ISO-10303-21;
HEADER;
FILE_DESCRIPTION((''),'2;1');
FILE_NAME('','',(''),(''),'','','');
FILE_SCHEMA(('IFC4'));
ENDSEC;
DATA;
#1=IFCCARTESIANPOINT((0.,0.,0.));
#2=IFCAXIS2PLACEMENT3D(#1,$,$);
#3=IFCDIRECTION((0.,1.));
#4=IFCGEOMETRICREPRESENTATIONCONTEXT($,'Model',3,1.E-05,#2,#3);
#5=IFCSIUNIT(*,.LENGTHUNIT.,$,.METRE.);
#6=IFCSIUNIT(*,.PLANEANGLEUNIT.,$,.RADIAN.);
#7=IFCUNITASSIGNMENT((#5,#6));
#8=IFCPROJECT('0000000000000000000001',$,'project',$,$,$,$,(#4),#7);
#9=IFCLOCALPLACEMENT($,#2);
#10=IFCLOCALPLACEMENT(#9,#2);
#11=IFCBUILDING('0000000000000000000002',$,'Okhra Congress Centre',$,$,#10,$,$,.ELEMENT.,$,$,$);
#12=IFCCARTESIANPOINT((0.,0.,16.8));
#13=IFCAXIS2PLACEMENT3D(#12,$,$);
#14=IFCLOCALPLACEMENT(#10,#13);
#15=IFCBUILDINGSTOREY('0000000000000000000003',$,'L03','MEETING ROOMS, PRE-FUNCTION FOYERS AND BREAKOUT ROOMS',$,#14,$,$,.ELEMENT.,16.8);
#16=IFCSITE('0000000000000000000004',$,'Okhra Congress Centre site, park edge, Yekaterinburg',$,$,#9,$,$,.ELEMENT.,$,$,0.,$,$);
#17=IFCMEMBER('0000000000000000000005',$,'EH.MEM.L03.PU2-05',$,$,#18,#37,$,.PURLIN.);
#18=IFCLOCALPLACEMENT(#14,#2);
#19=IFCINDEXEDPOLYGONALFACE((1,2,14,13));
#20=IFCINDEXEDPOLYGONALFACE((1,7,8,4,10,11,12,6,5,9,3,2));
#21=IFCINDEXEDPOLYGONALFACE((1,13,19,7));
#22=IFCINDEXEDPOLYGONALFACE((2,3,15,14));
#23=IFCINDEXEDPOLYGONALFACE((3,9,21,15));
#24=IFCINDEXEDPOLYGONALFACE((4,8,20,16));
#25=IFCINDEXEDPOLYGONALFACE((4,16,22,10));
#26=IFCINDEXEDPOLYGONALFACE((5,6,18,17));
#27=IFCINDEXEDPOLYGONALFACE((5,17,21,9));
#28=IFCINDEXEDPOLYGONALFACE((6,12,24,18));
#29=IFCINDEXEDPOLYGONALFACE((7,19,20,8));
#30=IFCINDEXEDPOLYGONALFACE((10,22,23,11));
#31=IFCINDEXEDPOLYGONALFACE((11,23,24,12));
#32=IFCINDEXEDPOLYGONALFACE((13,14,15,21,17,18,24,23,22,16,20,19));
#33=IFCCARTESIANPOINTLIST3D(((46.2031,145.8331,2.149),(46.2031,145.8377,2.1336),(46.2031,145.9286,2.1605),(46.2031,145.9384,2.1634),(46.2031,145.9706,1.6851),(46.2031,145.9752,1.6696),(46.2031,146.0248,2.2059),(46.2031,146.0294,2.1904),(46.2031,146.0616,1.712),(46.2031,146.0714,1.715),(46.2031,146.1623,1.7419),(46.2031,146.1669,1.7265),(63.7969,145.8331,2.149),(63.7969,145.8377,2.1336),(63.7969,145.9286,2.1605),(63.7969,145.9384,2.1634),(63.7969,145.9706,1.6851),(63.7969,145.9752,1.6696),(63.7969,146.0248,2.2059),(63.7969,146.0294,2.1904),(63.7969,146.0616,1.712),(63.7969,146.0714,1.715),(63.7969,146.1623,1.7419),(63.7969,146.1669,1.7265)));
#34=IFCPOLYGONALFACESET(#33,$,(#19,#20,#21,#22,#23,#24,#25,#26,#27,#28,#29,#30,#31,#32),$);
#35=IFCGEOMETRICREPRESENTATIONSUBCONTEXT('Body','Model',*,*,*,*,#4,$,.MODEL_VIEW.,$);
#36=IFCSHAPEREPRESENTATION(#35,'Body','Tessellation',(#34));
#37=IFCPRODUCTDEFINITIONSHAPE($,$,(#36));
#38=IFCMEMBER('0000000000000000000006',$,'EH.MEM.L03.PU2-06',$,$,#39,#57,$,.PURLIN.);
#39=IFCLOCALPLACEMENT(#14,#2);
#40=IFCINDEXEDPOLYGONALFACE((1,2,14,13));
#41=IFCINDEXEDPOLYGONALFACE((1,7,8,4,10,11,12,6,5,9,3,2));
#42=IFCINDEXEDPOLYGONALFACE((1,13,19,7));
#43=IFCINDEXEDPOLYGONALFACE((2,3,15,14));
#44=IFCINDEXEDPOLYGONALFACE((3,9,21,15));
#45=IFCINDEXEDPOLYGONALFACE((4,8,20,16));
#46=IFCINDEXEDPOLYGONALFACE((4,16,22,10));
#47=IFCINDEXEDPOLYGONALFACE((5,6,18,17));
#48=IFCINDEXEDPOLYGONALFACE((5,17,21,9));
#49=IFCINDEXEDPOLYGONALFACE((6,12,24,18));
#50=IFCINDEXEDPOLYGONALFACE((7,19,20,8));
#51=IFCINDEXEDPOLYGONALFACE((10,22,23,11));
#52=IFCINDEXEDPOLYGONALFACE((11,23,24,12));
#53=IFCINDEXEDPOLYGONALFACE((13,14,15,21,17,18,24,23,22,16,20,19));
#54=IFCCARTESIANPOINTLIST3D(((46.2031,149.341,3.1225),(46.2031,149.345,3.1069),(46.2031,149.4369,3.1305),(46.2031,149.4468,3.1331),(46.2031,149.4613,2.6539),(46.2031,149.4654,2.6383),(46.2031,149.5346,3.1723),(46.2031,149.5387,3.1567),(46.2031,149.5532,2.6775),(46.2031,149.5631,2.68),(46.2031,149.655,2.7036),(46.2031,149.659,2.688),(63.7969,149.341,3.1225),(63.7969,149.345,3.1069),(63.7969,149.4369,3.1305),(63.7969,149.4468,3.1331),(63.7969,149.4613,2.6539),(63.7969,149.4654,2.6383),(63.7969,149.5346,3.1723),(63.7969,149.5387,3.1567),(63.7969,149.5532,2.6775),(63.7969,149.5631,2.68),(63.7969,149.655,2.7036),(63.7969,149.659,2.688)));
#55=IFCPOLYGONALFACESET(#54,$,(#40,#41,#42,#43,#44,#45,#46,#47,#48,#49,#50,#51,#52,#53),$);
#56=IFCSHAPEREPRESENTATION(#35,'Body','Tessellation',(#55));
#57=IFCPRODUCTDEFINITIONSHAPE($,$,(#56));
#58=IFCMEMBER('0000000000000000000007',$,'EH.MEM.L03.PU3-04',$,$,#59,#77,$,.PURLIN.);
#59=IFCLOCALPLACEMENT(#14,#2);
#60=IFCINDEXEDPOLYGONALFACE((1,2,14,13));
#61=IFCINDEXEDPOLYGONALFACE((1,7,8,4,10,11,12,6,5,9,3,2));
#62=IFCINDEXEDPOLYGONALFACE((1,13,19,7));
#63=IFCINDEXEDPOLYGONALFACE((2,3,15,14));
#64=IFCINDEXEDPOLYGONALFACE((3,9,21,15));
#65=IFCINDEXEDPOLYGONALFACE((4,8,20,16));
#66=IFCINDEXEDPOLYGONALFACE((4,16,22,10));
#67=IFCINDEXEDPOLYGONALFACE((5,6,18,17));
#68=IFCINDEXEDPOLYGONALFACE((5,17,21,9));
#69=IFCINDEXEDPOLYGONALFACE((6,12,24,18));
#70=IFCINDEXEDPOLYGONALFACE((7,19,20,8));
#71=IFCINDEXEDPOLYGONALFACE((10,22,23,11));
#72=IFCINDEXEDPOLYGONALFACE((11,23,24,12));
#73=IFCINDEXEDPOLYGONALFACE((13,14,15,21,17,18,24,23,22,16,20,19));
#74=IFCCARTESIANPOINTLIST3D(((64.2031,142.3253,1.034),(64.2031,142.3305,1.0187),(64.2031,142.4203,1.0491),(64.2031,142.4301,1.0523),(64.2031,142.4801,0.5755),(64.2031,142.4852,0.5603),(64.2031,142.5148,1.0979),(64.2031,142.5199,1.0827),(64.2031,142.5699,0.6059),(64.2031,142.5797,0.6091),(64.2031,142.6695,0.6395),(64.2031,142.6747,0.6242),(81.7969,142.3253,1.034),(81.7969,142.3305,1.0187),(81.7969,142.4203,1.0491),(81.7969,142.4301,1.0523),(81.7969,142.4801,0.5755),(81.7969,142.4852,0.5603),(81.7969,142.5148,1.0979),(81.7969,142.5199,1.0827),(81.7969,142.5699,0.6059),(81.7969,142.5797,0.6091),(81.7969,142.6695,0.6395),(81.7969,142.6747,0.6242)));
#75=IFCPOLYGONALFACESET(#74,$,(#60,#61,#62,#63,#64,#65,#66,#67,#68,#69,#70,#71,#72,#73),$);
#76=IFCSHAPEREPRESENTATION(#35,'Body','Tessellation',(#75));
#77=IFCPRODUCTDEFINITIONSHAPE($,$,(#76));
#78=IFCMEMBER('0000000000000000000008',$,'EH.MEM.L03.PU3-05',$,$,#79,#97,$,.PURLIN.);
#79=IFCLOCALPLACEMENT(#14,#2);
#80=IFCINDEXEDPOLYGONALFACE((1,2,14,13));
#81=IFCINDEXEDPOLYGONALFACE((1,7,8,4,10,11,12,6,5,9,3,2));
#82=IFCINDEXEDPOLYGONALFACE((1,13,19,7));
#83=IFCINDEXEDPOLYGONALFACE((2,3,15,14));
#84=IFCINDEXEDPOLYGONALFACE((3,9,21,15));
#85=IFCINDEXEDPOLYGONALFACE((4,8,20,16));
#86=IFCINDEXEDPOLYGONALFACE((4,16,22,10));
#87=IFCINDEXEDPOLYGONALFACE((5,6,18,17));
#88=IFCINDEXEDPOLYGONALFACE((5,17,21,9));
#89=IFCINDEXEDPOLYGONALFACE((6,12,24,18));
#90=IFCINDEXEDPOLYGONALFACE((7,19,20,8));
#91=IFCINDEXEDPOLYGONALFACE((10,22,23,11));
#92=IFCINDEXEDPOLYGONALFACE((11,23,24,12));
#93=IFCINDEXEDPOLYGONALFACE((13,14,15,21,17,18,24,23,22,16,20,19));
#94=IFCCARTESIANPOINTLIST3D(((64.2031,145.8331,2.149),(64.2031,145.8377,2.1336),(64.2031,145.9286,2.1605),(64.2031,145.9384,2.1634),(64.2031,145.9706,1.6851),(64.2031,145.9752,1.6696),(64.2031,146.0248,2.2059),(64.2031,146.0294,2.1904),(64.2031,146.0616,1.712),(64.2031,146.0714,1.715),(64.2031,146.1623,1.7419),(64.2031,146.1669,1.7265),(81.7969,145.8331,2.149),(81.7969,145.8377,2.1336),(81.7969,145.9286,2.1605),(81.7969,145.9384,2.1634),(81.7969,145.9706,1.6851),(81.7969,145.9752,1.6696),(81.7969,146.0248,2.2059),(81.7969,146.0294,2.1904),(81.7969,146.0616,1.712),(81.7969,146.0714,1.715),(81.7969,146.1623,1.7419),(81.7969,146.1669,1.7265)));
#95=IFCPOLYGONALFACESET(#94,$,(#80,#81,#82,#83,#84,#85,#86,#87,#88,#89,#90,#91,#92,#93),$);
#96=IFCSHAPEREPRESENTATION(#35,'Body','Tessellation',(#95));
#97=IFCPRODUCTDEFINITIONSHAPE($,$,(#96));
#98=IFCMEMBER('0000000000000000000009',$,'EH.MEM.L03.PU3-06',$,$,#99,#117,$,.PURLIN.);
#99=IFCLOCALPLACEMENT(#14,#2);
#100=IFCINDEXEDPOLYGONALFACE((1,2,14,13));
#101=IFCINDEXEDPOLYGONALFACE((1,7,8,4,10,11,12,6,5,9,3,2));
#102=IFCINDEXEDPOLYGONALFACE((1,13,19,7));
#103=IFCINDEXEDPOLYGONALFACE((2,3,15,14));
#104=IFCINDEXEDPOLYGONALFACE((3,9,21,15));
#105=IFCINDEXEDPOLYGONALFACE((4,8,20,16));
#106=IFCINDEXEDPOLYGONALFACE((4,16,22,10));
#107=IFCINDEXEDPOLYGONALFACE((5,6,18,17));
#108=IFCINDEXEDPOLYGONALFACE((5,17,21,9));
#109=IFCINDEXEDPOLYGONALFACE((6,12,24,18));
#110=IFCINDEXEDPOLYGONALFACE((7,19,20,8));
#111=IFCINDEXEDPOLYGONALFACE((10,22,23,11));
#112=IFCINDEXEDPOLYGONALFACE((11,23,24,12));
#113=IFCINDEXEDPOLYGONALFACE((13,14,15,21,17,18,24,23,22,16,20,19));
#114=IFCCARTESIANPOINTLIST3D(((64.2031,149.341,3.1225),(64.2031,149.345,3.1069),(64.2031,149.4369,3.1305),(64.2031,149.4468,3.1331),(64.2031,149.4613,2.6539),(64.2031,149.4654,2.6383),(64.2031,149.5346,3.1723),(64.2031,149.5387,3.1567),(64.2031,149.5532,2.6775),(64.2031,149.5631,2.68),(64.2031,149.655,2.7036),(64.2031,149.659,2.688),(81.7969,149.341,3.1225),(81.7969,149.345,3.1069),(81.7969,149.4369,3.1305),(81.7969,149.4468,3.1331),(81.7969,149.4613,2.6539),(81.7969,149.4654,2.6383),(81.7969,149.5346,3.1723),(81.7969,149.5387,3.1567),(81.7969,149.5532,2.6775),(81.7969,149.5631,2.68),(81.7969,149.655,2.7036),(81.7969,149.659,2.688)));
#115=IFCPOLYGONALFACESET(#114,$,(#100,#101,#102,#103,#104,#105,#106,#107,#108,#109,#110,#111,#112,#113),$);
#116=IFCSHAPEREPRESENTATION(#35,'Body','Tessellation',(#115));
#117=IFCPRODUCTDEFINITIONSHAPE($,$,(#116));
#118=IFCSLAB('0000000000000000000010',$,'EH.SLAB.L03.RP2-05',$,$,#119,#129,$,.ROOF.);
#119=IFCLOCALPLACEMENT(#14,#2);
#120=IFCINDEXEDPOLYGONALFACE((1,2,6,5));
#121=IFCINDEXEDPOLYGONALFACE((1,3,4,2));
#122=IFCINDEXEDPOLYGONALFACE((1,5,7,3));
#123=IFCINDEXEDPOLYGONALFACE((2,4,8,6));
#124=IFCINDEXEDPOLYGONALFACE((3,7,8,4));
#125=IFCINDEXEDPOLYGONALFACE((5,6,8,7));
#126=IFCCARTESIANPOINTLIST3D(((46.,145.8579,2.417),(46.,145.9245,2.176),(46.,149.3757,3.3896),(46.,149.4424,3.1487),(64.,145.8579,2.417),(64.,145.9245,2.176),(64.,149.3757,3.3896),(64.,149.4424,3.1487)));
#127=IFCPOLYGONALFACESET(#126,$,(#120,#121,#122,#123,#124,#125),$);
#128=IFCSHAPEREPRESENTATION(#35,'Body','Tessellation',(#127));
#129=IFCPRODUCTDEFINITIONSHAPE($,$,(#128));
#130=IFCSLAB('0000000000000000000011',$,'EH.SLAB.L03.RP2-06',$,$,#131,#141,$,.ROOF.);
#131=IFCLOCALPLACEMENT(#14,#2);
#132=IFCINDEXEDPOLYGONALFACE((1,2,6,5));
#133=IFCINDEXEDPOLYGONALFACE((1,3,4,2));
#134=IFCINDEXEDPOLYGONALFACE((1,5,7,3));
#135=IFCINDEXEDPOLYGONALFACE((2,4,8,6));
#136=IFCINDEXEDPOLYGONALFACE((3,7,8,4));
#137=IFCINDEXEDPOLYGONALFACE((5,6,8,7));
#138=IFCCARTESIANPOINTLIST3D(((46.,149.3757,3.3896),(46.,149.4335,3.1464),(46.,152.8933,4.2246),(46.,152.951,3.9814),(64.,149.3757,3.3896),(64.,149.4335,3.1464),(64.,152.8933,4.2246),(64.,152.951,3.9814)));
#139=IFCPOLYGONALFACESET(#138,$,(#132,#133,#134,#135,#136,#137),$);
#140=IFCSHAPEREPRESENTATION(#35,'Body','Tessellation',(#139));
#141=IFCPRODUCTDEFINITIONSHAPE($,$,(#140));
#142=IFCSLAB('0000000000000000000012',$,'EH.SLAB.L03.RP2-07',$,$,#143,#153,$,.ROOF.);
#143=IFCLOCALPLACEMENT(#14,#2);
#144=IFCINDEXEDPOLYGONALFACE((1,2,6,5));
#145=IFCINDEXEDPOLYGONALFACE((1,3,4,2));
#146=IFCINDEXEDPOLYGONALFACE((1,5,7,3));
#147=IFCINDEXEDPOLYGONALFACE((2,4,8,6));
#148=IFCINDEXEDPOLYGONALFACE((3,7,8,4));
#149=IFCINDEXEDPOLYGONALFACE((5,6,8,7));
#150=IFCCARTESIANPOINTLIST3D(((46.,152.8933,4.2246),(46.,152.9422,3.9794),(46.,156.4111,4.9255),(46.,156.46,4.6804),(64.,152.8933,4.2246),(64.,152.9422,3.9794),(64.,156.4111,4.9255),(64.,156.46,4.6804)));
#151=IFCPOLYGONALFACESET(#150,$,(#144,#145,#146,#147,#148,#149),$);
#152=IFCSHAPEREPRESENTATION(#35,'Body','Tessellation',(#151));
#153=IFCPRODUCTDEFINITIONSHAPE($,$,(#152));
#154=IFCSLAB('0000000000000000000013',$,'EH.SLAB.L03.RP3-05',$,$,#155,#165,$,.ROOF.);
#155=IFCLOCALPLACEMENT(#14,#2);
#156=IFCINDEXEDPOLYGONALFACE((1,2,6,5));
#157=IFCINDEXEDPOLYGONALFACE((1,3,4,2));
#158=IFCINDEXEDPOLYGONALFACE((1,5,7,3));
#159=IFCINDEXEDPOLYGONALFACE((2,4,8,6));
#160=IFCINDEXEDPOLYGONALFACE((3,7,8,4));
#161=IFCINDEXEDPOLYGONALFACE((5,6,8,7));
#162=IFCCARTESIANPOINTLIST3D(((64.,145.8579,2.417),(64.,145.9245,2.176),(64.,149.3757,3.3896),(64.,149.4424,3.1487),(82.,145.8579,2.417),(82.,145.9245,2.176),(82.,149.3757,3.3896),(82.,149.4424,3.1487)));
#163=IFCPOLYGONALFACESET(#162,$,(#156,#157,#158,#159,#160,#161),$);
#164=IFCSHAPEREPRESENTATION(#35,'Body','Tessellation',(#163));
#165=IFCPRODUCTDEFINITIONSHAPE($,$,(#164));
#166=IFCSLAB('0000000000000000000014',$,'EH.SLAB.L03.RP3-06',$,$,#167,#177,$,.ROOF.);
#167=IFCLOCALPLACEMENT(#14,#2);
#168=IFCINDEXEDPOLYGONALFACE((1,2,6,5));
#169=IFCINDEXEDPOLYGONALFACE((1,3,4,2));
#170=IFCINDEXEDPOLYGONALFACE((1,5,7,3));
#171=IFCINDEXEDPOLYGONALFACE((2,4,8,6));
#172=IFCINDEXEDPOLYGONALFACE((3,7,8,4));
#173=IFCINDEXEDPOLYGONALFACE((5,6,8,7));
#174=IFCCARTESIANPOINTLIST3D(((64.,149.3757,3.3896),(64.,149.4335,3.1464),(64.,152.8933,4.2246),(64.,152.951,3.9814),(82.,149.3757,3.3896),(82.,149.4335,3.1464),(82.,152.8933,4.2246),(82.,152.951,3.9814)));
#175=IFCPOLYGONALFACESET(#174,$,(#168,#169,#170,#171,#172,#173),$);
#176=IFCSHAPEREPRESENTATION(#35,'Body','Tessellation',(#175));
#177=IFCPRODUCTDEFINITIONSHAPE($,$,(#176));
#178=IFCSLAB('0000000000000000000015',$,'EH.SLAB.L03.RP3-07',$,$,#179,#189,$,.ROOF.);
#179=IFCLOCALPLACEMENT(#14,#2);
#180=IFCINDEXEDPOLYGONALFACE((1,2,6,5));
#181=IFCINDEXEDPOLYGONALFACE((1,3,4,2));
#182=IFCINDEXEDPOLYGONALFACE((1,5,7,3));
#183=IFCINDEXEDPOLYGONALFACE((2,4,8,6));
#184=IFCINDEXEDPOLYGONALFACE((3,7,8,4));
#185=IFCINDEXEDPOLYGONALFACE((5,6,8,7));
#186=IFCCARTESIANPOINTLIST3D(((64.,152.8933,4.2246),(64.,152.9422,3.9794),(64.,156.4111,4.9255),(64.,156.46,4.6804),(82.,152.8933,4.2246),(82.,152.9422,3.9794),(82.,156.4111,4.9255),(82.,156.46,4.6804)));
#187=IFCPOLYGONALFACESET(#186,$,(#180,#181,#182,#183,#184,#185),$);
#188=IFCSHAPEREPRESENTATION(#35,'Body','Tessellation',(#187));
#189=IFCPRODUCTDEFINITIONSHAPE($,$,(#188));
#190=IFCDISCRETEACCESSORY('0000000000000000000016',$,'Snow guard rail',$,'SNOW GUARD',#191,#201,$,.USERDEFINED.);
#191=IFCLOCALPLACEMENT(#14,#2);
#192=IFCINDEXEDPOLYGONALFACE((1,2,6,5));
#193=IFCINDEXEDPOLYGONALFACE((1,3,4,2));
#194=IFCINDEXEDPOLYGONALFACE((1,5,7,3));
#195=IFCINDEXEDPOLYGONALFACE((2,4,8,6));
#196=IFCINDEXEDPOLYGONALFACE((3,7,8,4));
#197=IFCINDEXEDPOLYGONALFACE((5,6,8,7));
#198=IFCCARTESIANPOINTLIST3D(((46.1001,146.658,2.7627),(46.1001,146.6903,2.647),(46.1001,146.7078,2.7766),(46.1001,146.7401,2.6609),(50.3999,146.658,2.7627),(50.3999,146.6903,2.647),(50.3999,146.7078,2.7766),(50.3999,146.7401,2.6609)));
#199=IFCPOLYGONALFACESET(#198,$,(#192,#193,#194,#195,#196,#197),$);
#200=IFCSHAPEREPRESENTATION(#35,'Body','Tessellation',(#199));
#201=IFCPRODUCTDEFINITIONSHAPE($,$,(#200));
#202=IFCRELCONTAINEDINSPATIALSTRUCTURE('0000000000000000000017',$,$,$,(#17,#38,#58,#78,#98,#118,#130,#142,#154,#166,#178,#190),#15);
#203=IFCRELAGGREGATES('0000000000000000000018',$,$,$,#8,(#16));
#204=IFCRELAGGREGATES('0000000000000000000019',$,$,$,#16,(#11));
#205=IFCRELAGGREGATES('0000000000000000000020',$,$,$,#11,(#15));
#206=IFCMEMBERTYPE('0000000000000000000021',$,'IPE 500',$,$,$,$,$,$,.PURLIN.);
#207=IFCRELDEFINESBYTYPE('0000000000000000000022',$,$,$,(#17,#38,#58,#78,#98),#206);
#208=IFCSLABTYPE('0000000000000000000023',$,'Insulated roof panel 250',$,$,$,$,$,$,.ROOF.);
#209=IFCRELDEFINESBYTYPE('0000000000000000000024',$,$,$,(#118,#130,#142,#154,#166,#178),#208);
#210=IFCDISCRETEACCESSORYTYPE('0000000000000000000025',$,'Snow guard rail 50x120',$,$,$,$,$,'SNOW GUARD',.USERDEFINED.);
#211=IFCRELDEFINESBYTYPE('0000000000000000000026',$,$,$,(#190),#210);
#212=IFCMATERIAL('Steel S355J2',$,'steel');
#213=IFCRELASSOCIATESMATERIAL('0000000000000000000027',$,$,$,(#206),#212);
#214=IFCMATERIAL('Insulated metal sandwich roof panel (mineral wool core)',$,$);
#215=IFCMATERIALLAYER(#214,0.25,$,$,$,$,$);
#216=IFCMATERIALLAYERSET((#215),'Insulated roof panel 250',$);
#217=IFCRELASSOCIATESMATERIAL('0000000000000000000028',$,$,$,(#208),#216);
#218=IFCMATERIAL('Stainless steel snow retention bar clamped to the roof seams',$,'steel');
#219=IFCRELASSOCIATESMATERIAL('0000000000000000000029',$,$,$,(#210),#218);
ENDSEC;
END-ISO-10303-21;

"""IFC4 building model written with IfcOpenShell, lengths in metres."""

from ifc_helpers import new_model, si_unit, direction, frame, origin, origin_2d, place, context, subcontext, project, spatial, polyline, i_section, outline, extrude, material, layer, layer_set, material_profile, profile_set, type_object, element, save


model = new_model("IFC4")

# Units and contexts
model_context = context("Model", 3, precision=1e-05, world=origin(), true_north=direction((0.0, 1.0)))
body_context = subcontext(model_context, "Body", "Model", "MODEL_VIEW")
ifc_project = project(units=[si_unit("LENGTHUNIT", "METRE"), si_unit("PLANEANGLEUNIT", "RADIAN")], contexts=[model_context])

# Site, building, storey
site_placement = place(None, origin())
site = spatial("IfcSite", under=ifc_project, at=site_placement, Name="Okhra Congress Centre site, park edge, Yekaterinburg", CompositionType="ELEMENT", RefElevation=0.0)
building_placement = place(site_placement, origin())
building = spatial("IfcBuilding", under=site, at=building_placement, Name="Okhra Congress Centre", CompositionType="ELEMENT")
storey_placement = place(building_placement, frame((0.0, 0.0, 16.8)))
storey = spatial("IfcBuildingStorey", under=building, at=storey_placement, Name="L03", Description="MEETING ROOMS, PRE-FUNCTION FOYERS AND BREAKOUT ROOMS", CompositionType="ELEMENT", Elevation=16.8)

# Members
ifc_material_1 = material(Name="Steel S355J2", Category="steel")
ifc_material_profile_1 = material_profile(ifc_material_1, i_section(OverallWidth=0.2, OverallDepth=0.5, WebThickness=0.0103, FlangeThickness=0.0161, at=origin_2d()), Name="IPE 500")
ifc_profile_set_1 = profile_set([ifc_material_profile_1], Name="Steel S355J2")
member_type_1 = type_object("IfcMemberType", Name="IPE 500", PredefinedType="PURLIN", material=ifc_profile_set_1)
for number, where, z_axis, x_axis, name in (
    (1, (46.2031, 146.0, 1.9377), (1.0, 0.0, 0.0), (0.0, 0.958743, 0.284276), "EH.MEM.L03.PU2-05"),
    (2, (46.2031, 149.5, 2.9053), (1.0, 0.0, 0.0), (0.0, 0.96857, 0.248739), "EH.MEM.L03.PU2-06"),
    (3, (64.2031, 142.5, 0.8291), (1.0, 0.0, 0.0), (0.0, 0.947481, 0.319813), "EH.MEM.L03.PU3-04"),
    (4, (64.2031, 146.0, 1.9377), (1.0, 0.0, 0.0), (0.0, 0.958743, 0.284276), "EH.MEM.L03.PU3-05"),
    (5, (64.2031, 149.5, 2.9053), (1.0, 0.0, 0.0), (0.0, 0.96857, 0.248739), "EH.MEM.L03.PU3-06"),
):
    element("IfcMember", number, at=place(storey_placement, frame(where, z_axis=z_axis, x_axis=x_axis)), inside=storey, type_object=member_type_1, Name=name, PredefinedType="PURLIN", context=body_context, shape_type="SweptSolid", body=[
        extrude(i_section(OverallWidth=0.2, OverallDepth=0.5, WebThickness=0.0103, FlangeThickness=0.0161, at=origin_2d()), origin(), (0.0, 0.0, 1.0), 17.5938),
    ])

# Slabs
ifc_material_2 = material(Name="Insulated metal sandwich roof panel (mineral wool core)")
ifc_layer = layer(ifc_material_2, 0.25)
ifc_layer_set = layer_set([ifc_layer], Name="Insulated roof panel 250")
slab_type = type_object("IfcSlabType", Name="Insulated roof panel 250", PredefinedType="ROOF", material=ifc_layer_set)
slab_1_placement = place(storey_placement, frame((46.0, 145.8579, 2.417), z_axis=(0.0, -0.266495, 0.963836), x_axis=(1.0, 0.0, 0.0)))
element("IfcSlab", 6, at=slab_1_placement, inside=storey, type_object=slab_type, Name="EH.SLAB.L03.RP2-05", PredefinedType="ROOF", context=body_context, shape_type="SweptSolid", body=[
    extrude(outline(polyline([(0.0, 0.0), (18.0, 0.0), (18.0, 3.6498), (0.0, 3.6498), (0.0, 0.0)])), origin(), (0.0, 0.0, -1.0), 0.25),
])
slab_2_placement = place(storey_placement, frame((46.0, 149.3757, 3.3896), z_axis=(0.0, -0.230951, 0.972965), x_axis=(1.0, 0.0, 0.0)))
element("IfcSlab", 7, at=slab_2_placement, inside=storey, type_object=slab_type, Name="EH.SLAB.L03.RP2-06", PredefinedType="ROOF", context=body_context, shape_type="SweptSolid", body=[
    extrude(outline(polyline([(0.0, 0.0), (18.0, 0.0), (18.0, 3.6153), (0.0, 3.6153), (0.0, 0.0)])), origin(), (0.0, 0.0, -1.0), 0.25),
])
slab_3_placement = place(storey_placement, frame((46.0, 152.8933, 4.2246), z_axis=(0.0, -0.195409, 0.980722), x_axis=(1.0, 0.0, 0.0)))
element("IfcSlab", 8, at=slab_3_placement, inside=storey, type_object=slab_type, Name="EH.SLAB.L03.RP2-07", PredefinedType="ROOF", context=body_context, shape_type="SweptSolid", body=[
    extrude(outline(polyline([(0.0, 0.0), (18.0, 0.0), (18.0, 3.587), (0.0, 3.587), (0.0, 0.0)])), origin(), (0.0, 0.0, -1.0), 0.25),
])
slab_4_placement = place(storey_placement, frame((64.0, 145.8579, 2.417), z_axis=(0.0, -0.266495, 0.963836), x_axis=(1.0, 0.0, 0.0)))
element("IfcSlab", 9, at=slab_4_placement, inside=storey, type_object=slab_type, Name="EH.SLAB.L03.RP3-05", PredefinedType="ROOF", context=body_context, shape_type="SweptSolid", body=[
    extrude(outline(polyline([(0.0, 0.0), (18.0, 0.0), (18.0, 3.6498), (0.0, 3.6498), (0.0, 0.0)])), origin(), (0.0, 0.0, -1.0), 0.25),
])
slab_5_placement = place(storey_placement, frame((64.0, 149.3757, 3.3896), z_axis=(0.0, -0.230951, 0.972965), x_axis=(1.0, 0.0, 0.0)))
element("IfcSlab", 10, at=slab_5_placement, inside=storey, type_object=slab_type, Name="EH.SLAB.L03.RP3-06", PredefinedType="ROOF", context=body_context, shape_type="SweptSolid", body=[
    extrude(outline(polyline([(0.0, 0.0), (18.0, 0.0), (18.0, 3.6153), (0.0, 3.6153), (0.0, 0.0)])), origin(), (0.0, 0.0, -1.0), 0.25),
])
slab_6_placement = place(storey_placement, frame((64.0, 152.8933, 4.2246), z_axis=(0.0, -0.195409, 0.980722), x_axis=(1.0, 0.0, 0.0)))
element("IfcSlab", 11, at=slab_6_placement, inside=storey, type_object=slab_type, Name="EH.SLAB.L03.RP3-07", PredefinedType="ROOF", context=body_context, shape_type="SweptSolid", body=[
    extrude(outline(polyline([(0.0, 0.0), (18.0, 0.0), (18.0, 3.587), (0.0, 3.587), (0.0, 0.0)])), origin(), (0.0, 0.0, -1.0), 0.25),
])

# Discrete accessory
ifc_material_3 = material(Name="Stainless steel snow retention bar clamped to the roof seams", Category="steel")
discrete_accessory_type = type_object("IfcDiscreteAccessoryType", Name="Snow guard rail 50x120", ElementType="SNOW GUARD", PredefinedType="USERDEFINED", material=ifc_material_3)
for number, where, z_axis, x_axis, name in (
    (12, (46.1001, 146.658, 2.7627), (0.0, -0.269105, 0.963111), (1.0, 0.0, 0.0), "Snow guard rail"),
):
    element("IfcDiscreteAccessory", number, at=place(storey_placement, frame(where, z_axis=z_axis, x_axis=x_axis)), inside=storey, type_object=discrete_accessory_type, Name=name, ObjectType="SNOW GUARD", PredefinedType="USERDEFINED", context=body_context, shape_type="SweptSolid", body=[
        extrude(outline(polyline([(0.0, 0.0), (4.2998, 0.0), (4.2998, 0.0517), (0.0, 0.0517), (0.0, 0.0)])), origin(), (0.0, 0.0, -1.0), 0.1201),
    ])

save(model, "model.ifc")
